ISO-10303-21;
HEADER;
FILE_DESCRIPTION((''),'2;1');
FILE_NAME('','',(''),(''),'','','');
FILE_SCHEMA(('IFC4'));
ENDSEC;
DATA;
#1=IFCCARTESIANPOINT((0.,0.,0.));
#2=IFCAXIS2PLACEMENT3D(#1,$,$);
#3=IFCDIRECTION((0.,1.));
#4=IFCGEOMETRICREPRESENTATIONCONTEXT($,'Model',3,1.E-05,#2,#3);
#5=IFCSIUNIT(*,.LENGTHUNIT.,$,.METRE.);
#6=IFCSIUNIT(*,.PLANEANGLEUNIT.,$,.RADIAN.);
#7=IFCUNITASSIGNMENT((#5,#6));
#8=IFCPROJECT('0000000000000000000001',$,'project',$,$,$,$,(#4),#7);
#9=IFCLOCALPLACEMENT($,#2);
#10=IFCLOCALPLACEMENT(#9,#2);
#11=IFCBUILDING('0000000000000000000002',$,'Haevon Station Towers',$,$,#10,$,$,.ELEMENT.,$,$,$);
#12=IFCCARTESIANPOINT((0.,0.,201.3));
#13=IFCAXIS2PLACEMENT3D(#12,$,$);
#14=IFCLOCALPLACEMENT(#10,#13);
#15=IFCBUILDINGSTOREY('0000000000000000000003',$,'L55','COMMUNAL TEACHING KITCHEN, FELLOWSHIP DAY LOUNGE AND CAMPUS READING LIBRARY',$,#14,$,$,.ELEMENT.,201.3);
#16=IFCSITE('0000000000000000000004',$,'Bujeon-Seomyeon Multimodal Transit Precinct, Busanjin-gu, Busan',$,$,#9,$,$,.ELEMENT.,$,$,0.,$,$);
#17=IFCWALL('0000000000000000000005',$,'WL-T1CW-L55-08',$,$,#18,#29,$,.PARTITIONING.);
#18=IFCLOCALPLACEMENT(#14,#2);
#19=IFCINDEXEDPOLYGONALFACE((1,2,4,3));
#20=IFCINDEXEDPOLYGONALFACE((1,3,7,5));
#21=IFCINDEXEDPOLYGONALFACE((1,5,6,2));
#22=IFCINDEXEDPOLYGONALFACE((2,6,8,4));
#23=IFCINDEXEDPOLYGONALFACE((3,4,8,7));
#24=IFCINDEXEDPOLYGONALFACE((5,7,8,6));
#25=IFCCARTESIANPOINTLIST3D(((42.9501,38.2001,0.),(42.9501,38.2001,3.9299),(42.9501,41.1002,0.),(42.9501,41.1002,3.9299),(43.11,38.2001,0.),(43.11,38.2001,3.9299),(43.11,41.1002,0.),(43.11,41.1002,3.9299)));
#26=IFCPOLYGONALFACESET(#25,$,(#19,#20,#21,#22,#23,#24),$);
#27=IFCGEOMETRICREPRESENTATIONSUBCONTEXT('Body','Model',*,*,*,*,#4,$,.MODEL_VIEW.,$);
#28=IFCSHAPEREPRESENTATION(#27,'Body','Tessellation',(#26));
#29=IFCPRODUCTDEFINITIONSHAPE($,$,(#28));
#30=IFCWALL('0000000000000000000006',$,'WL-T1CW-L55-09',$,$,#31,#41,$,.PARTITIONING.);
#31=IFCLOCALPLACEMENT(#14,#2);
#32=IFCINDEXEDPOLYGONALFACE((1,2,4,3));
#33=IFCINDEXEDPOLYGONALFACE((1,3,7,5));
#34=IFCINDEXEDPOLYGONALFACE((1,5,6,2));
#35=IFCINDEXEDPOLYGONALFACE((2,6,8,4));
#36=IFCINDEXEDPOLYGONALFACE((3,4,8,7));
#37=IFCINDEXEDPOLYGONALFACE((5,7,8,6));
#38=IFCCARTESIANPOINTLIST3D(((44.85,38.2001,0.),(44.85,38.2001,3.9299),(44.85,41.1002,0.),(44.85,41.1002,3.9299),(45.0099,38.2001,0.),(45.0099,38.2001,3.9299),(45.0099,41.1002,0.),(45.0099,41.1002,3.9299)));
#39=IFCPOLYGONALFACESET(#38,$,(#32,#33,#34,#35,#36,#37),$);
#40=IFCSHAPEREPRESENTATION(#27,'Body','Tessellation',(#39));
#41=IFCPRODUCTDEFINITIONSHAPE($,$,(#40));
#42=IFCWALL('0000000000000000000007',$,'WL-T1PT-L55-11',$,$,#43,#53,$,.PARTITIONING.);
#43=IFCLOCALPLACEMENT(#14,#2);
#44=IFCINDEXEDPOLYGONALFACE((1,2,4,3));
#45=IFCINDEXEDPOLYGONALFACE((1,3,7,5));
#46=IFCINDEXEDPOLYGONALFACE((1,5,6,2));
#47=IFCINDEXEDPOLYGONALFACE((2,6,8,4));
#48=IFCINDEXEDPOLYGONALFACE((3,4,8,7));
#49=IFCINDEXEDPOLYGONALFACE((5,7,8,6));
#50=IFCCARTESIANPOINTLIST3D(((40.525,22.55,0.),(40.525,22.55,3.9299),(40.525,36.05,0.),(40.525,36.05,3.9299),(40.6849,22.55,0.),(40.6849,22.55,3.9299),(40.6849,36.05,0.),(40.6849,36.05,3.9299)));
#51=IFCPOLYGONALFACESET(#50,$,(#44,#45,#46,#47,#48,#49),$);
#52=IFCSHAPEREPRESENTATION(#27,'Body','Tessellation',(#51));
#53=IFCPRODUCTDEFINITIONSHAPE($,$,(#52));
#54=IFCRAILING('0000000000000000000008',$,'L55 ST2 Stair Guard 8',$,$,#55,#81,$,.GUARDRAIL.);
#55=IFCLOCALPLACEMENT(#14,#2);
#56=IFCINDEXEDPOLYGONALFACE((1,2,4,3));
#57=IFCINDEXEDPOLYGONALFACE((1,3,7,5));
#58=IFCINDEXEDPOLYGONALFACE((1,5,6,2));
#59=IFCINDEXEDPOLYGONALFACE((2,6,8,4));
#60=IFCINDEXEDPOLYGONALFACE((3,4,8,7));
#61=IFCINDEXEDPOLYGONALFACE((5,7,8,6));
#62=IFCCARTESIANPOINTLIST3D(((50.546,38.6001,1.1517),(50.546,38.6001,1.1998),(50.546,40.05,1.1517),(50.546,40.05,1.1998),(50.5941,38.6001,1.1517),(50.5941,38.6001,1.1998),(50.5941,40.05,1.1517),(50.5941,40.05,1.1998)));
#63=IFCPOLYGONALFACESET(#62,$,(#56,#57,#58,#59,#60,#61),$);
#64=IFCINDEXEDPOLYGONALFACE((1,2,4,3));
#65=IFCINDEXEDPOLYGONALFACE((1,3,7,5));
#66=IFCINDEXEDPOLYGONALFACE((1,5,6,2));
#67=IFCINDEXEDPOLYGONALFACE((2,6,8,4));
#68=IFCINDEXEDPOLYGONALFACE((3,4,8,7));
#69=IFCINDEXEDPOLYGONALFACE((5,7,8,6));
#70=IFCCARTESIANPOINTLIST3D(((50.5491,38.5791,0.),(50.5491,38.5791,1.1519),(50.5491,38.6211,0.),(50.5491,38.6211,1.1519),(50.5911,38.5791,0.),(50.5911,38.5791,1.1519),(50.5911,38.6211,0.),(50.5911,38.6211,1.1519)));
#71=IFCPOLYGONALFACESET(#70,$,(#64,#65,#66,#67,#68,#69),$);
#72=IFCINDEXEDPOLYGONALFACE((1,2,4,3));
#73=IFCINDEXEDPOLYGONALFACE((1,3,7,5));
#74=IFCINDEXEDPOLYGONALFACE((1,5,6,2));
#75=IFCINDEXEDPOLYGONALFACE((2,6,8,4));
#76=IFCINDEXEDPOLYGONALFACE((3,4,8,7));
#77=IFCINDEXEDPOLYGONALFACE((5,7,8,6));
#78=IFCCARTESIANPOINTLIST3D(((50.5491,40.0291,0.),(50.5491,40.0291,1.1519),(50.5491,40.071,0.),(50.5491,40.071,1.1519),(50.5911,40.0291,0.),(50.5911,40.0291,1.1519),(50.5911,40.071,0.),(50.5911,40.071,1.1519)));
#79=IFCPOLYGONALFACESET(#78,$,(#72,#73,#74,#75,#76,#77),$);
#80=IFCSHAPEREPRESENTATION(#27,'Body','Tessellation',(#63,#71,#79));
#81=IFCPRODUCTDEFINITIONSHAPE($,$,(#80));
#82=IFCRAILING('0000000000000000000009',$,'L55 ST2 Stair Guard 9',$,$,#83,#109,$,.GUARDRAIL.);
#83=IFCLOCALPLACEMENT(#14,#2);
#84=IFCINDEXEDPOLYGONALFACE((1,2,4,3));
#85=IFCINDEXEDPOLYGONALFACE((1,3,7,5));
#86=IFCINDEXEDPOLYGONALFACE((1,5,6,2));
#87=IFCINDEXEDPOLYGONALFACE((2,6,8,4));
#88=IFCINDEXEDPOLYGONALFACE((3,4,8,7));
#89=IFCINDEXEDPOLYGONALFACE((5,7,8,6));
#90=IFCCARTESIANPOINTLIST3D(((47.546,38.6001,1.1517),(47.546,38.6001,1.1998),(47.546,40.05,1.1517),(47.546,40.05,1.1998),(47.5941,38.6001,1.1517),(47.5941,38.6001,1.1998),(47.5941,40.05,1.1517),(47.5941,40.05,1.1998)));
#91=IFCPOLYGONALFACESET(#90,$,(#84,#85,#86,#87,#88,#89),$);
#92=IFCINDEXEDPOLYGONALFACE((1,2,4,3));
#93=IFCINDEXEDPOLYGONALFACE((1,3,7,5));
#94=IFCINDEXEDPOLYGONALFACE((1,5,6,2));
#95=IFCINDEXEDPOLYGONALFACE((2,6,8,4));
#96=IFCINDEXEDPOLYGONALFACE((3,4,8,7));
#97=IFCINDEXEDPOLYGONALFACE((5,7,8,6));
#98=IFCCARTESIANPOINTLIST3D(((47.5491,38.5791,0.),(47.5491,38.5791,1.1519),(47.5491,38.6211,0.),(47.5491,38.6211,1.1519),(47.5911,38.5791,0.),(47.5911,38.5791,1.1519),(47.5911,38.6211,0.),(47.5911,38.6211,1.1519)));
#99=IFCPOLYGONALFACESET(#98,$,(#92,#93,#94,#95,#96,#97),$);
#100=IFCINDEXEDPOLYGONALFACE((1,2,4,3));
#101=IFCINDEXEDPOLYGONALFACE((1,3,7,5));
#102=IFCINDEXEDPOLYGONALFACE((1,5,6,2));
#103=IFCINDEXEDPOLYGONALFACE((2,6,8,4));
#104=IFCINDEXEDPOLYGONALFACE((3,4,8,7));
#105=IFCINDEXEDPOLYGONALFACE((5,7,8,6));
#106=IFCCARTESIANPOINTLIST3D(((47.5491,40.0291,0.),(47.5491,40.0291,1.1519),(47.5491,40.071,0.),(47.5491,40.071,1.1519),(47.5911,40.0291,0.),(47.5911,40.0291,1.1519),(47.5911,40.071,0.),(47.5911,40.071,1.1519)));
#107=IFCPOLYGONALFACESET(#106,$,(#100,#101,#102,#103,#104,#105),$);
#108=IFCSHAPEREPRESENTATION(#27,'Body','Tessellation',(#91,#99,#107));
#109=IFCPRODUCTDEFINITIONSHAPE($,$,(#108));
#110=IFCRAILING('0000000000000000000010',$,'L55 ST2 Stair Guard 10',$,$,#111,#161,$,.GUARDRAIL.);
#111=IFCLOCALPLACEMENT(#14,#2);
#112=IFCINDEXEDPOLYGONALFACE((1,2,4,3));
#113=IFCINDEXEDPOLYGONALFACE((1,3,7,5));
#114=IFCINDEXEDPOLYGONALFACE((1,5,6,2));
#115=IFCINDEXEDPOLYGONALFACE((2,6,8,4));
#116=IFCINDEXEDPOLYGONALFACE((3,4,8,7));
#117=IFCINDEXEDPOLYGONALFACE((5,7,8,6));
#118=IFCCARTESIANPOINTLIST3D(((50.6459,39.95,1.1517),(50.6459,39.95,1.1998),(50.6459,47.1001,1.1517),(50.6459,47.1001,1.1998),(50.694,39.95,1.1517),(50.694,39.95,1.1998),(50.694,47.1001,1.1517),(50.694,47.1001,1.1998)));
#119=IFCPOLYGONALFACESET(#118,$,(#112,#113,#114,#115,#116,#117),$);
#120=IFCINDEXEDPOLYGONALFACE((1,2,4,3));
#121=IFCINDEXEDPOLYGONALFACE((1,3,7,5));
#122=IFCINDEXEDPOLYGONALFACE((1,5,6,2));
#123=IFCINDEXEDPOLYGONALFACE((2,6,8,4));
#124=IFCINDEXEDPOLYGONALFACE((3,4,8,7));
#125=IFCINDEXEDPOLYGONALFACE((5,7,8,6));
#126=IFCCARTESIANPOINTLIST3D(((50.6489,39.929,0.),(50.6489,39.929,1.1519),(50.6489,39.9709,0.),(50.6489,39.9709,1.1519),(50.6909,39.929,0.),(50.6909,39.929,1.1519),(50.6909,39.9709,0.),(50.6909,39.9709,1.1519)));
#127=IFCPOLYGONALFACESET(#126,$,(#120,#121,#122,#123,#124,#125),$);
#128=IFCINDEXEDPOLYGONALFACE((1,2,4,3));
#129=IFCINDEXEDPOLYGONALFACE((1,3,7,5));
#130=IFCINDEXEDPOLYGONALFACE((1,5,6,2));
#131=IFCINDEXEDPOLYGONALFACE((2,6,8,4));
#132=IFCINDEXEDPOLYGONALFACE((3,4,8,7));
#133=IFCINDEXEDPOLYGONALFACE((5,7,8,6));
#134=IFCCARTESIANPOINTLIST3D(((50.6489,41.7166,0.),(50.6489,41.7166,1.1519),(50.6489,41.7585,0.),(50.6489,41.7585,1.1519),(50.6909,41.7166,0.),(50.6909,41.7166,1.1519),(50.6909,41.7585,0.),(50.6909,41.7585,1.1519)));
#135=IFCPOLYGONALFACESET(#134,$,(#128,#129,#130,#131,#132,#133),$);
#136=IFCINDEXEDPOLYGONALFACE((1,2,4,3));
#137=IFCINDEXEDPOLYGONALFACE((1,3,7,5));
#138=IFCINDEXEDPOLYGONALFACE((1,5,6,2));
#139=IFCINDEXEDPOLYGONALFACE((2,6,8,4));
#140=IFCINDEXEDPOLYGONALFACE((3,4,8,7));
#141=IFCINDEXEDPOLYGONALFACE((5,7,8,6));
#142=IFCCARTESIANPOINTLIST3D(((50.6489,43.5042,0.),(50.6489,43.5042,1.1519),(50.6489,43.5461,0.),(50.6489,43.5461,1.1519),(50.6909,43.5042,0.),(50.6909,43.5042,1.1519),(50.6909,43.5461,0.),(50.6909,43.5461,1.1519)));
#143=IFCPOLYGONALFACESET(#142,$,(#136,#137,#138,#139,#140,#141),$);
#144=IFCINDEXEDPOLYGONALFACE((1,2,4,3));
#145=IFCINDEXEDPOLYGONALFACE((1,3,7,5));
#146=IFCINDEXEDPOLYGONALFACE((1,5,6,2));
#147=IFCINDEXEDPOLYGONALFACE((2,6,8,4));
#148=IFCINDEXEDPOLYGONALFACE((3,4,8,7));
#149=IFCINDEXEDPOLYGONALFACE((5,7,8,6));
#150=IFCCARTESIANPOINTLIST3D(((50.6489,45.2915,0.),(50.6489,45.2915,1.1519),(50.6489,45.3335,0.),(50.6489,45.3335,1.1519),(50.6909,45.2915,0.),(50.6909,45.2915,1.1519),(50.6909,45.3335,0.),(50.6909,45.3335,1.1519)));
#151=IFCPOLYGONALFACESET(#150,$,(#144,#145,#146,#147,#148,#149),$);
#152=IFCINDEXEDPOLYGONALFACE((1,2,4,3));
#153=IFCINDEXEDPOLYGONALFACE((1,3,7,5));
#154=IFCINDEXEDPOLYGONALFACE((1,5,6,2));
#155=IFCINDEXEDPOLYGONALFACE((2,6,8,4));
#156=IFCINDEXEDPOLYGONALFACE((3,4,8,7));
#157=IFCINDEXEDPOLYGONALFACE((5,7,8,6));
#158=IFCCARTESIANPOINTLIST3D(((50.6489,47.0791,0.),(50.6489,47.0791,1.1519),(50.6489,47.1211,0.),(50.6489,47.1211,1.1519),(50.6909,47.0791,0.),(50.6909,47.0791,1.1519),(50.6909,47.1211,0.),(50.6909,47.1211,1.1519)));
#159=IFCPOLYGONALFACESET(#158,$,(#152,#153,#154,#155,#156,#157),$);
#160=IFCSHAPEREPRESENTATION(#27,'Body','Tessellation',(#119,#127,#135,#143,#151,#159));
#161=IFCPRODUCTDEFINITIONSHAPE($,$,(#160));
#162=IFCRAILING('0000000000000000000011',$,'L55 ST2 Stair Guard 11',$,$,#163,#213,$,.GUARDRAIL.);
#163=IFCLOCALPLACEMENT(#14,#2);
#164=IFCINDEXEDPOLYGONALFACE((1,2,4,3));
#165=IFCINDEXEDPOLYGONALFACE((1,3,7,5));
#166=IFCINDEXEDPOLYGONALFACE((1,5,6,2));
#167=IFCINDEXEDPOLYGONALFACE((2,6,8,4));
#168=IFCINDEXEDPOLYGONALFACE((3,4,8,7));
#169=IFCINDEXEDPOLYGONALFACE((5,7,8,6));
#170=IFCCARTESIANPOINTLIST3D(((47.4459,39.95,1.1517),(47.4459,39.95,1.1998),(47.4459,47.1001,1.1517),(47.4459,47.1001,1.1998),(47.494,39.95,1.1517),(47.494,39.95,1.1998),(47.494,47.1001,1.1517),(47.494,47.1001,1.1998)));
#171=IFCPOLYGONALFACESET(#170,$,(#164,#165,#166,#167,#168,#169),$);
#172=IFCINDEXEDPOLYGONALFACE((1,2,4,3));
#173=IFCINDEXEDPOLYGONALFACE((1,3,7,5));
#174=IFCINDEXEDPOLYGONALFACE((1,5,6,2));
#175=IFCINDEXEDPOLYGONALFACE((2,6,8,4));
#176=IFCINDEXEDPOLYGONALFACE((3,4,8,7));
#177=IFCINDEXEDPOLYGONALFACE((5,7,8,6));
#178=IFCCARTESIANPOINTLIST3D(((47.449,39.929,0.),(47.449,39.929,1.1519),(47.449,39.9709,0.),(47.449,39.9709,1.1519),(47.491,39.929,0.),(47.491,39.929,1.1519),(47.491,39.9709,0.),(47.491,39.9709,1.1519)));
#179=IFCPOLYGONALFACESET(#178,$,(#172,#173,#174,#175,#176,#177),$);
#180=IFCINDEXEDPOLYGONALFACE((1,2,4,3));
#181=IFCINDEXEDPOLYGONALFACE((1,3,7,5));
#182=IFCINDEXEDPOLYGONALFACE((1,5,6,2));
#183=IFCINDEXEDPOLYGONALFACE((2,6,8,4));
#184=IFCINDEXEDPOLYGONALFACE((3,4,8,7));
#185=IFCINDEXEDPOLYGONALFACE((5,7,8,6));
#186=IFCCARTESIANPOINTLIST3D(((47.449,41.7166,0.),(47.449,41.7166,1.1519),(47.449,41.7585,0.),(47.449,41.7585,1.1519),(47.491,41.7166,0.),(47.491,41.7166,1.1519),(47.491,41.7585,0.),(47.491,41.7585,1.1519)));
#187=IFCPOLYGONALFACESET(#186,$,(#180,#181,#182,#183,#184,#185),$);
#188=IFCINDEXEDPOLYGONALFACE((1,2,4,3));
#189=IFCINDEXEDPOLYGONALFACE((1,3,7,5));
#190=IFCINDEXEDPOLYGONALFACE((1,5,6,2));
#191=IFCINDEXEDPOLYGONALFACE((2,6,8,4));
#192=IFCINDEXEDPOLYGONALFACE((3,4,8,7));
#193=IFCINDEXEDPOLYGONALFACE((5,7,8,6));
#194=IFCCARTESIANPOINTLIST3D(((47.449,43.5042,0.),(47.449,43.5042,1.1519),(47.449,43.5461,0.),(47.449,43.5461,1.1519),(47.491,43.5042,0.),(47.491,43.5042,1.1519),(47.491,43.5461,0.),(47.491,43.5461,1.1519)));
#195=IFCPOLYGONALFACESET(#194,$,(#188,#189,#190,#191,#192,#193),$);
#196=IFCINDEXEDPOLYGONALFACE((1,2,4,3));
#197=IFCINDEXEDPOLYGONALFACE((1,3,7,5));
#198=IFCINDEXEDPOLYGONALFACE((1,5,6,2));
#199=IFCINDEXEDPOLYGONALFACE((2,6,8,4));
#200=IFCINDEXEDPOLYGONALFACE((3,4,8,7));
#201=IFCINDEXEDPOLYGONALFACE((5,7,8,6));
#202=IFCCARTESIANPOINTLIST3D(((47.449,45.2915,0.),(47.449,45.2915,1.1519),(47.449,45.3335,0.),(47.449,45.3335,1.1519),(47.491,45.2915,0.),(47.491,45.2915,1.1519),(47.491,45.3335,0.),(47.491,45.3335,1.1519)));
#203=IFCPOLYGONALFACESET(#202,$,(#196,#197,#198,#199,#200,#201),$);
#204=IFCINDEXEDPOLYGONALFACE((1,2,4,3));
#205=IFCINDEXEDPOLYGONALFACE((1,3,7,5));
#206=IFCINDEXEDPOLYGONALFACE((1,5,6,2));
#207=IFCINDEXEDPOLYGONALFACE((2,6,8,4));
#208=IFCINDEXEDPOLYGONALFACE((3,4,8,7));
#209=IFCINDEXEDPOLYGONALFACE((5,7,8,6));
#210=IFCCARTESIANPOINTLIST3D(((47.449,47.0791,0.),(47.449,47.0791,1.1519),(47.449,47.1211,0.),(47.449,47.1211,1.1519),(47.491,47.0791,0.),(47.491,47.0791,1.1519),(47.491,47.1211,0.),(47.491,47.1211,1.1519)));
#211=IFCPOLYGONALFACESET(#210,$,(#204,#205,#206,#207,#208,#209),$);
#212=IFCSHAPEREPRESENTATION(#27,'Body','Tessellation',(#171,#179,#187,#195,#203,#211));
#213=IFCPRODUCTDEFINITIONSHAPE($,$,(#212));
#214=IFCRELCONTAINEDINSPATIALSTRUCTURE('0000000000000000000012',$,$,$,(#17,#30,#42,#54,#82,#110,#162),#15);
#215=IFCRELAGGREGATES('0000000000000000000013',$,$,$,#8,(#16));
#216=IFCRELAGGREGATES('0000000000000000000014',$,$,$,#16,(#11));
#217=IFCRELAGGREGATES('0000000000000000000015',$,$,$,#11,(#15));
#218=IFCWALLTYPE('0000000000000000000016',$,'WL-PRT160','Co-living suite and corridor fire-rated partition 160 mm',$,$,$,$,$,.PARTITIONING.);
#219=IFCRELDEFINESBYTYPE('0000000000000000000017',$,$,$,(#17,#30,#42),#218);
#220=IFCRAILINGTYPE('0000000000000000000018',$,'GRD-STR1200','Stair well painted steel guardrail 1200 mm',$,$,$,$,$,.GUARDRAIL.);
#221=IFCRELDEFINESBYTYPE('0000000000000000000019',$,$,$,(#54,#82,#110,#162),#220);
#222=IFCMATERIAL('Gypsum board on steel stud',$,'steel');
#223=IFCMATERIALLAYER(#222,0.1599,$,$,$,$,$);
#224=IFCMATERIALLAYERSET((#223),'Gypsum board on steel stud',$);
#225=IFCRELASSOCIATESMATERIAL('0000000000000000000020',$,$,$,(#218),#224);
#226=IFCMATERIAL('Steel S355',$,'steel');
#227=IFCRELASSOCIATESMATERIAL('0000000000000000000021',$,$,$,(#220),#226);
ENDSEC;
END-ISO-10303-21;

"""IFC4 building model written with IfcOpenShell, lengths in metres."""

from ifc_helpers import new_model, si_unit, direction, frame, frame_2d, origin, origin_2d, place, context, subcontext, project, spatial, rectangle, extrude, material, layer, layer_set, type_object, element, save


model = new_model("IFC4")

# Units and contexts
model_context = context("Model", 3, precision=1e-05, world=origin(), true_north=direction((0.0, 1.0)))
body_context = subcontext(model_context, "Body", "Model", "MODEL_VIEW")
ifc_project = project(units=[si_unit("LENGTHUNIT", "METRE"), si_unit("PLANEANGLEUNIT", "RADIAN")], contexts=[model_context])

# Site, building, storey
site_placement = place(None, origin())
site = spatial("IfcSite", under=ifc_project, at=site_placement, Name="Bujeon-Seomyeon Multimodal Transit Precinct, Busanjin-gu, Busan", CompositionType="ELEMENT", RefElevation=0.0)
building_placement = place(site_placement, origin())
building = spatial("IfcBuilding", under=site, at=building_placement, Name="Haevon Station Towers", CompositionType="ELEMENT")
storey_placement = place(building_placement, frame((0.0, 0.0, 201.3)))
storey = spatial("IfcBuildingStorey", under=building, at=storey_placement, Name="L55", Description="COMMUNAL TEACHING KITCHEN, FELLOWSHIP DAY LOUNGE AND CAMPUS READING LIBRARY", CompositionType="ELEMENT", Elevation=201.3)

# Shared definitions
ifc_material_1 = material(Name="Steel S355", Category="steel")

# Shared definitions
ifc_material_2 = material(Name="Gypsum board on steel stud", Category="steel")

# Walls
ifc_layer_1 = layer(ifc_material_2, 0.1599)
ifc_layer_set_1 = layer_set([ifc_layer_1], Name="Gypsum board on steel stud")
wall_type_1 = type_object("IfcWallType", Name="WL-PRT160", Description="Co-living suite and corridor fire-rated partition 160 mm", PredefinedType="PARTITIONING", material=ifc_layer_set_1)
for number, where, z_axis, x_axis, name in (
    (1, (43.03, 38.2, 0.0), (0.0, 0.0, 1.0), (0.0, 1.0, 0.0), "WL-T1CW-L55-08"),
    (2, (44.9299, 38.2, 0.0), (0.0, 0.0, 1.0), (0.0, 1.0, 0.0), "WL-T1CW-L55-09"),
):
    element("IfcWall", number, at=place(storey_placement, frame(where, z_axis=z_axis, x_axis=x_axis)), inside=storey, type_object=wall_type_1, Name=name, PredefinedType="PARTITIONING", context=body_context, shape_type="SweptSolid", body=[
        extrude(rectangle(XDim=2.9001, YDim=0.1599, at=frame_2d((1.4502, 0.0))), origin(), (0.0, 0.0, 1.0), 3.9299),
    ])
wall_1_placement = place(storey_placement, frame((40.605, 22.55, 0.0), z_axis=(0.0, 0.0, 1.0), x_axis=(0.0, 1.0, 0.0)))
element("IfcWall", 3, at=wall_1_placement, inside=storey, type_object=wall_type_1, Name="WL-T1PT-L55-11", PredefinedType="PARTITIONING", context=body_context, shape_type="SweptSolid", body=[
    extrude(rectangle(XDim=13.5, YDim=0.1599, at=frame_2d((6.75, 0.0))), origin(), (0.0, 0.0, 1.0), 3.9299),
])

# Railings
railing_type = type_object("IfcRailingType", Name="GRD-STR1200", Description="Stair well painted steel guardrail 1200 mm", PredefinedType="GUARDRAIL", material=ifc_material_1)
for number, where, name in (
    (4, (50.5701, 38.6001, 0.0), "L55 ST2 Stair Guard 8"),
    (5, (47.5701, 38.6001, 0.0), "L55 ST2 Stair Guard 9"),
):
    element("IfcRailing", number, at=place(storey_placement, frame(where)), inside=storey, type_object=railing_type, Name=name, PredefinedType="GUARDRAIL", context=body_context, shape_type="SweptSolid", body=[
        extrude(rectangle(XDim=0.0481, YDim=0.0481, at=origin_2d()), frame((0.0, 0.0, 1.1758), z_axis=(0.0, 1.0, 0.0), x_axis=(-1.0, 0.0, 0.0)), (0.0, 0.0, 1.0), 1.45),
        extrude(rectangle(XDim=0.042, YDim=0.042, at=origin_2d()), origin(), (0.0, 0.0, 1.0), 1.1519),
        extrude(rectangle(XDim=0.042, YDim=0.042, at=origin_2d()), frame((0.0, 1.45, 0.0)), (0.0, 0.0, 1.0), 1.1519),
    ])
for number, where, name in (
    (6, (50.6699, 39.95, 0.0), "L55 ST2 Stair Guard 10"),
    (7, (47.47, 39.95, 0.0), "L55 ST2 Stair Guard 11"),
):
    element("IfcRailing", number, at=place(storey_placement, frame(where)), inside=storey, type_object=railing_type, Name=name, PredefinedType="GUARDRAIL", context=body_context, shape_type="SweptSolid", body=[
        extrude(rectangle(XDim=0.0481, YDim=0.0481, at=origin_2d()), frame((0.0, 0.0, 1.1758), z_axis=(0.0, 1.0, 0.0), x_axis=(-1.0, 0.0, 0.0)), (0.0, 0.0, 1.0), 7.1501),
        extrude(rectangle(XDim=0.042, YDim=0.042, at=origin_2d()), origin(), (0.0, 0.0, 1.0), 1.1519),
        extrude(rectangle(XDim=0.042, YDim=0.042, at=origin_2d()), frame((0.0, 1.7876, 0.0)), (0.0, 0.0, 1.0), 1.1519),
        extrude(rectangle(XDim=0.042, YDim=0.042, at=origin_2d()), frame((0.0, 3.5752, 0.0)), (0.0, 0.0, 1.0), 1.1519),
        extrude(rectangle(XDim=0.042, YDim=0.042, at=origin_2d()), frame((0.0, 5.3625, 0.0)), (0.0, 0.0, 1.0), 1.1519),
        extrude(rectangle(XDim=0.042, YDim=0.042, at=origin_2d()), frame((0.0, 7.1501, 0.0)), (0.0, 0.0, 1.0), 1.1519),
    ])

save(model, "model.ifc")
